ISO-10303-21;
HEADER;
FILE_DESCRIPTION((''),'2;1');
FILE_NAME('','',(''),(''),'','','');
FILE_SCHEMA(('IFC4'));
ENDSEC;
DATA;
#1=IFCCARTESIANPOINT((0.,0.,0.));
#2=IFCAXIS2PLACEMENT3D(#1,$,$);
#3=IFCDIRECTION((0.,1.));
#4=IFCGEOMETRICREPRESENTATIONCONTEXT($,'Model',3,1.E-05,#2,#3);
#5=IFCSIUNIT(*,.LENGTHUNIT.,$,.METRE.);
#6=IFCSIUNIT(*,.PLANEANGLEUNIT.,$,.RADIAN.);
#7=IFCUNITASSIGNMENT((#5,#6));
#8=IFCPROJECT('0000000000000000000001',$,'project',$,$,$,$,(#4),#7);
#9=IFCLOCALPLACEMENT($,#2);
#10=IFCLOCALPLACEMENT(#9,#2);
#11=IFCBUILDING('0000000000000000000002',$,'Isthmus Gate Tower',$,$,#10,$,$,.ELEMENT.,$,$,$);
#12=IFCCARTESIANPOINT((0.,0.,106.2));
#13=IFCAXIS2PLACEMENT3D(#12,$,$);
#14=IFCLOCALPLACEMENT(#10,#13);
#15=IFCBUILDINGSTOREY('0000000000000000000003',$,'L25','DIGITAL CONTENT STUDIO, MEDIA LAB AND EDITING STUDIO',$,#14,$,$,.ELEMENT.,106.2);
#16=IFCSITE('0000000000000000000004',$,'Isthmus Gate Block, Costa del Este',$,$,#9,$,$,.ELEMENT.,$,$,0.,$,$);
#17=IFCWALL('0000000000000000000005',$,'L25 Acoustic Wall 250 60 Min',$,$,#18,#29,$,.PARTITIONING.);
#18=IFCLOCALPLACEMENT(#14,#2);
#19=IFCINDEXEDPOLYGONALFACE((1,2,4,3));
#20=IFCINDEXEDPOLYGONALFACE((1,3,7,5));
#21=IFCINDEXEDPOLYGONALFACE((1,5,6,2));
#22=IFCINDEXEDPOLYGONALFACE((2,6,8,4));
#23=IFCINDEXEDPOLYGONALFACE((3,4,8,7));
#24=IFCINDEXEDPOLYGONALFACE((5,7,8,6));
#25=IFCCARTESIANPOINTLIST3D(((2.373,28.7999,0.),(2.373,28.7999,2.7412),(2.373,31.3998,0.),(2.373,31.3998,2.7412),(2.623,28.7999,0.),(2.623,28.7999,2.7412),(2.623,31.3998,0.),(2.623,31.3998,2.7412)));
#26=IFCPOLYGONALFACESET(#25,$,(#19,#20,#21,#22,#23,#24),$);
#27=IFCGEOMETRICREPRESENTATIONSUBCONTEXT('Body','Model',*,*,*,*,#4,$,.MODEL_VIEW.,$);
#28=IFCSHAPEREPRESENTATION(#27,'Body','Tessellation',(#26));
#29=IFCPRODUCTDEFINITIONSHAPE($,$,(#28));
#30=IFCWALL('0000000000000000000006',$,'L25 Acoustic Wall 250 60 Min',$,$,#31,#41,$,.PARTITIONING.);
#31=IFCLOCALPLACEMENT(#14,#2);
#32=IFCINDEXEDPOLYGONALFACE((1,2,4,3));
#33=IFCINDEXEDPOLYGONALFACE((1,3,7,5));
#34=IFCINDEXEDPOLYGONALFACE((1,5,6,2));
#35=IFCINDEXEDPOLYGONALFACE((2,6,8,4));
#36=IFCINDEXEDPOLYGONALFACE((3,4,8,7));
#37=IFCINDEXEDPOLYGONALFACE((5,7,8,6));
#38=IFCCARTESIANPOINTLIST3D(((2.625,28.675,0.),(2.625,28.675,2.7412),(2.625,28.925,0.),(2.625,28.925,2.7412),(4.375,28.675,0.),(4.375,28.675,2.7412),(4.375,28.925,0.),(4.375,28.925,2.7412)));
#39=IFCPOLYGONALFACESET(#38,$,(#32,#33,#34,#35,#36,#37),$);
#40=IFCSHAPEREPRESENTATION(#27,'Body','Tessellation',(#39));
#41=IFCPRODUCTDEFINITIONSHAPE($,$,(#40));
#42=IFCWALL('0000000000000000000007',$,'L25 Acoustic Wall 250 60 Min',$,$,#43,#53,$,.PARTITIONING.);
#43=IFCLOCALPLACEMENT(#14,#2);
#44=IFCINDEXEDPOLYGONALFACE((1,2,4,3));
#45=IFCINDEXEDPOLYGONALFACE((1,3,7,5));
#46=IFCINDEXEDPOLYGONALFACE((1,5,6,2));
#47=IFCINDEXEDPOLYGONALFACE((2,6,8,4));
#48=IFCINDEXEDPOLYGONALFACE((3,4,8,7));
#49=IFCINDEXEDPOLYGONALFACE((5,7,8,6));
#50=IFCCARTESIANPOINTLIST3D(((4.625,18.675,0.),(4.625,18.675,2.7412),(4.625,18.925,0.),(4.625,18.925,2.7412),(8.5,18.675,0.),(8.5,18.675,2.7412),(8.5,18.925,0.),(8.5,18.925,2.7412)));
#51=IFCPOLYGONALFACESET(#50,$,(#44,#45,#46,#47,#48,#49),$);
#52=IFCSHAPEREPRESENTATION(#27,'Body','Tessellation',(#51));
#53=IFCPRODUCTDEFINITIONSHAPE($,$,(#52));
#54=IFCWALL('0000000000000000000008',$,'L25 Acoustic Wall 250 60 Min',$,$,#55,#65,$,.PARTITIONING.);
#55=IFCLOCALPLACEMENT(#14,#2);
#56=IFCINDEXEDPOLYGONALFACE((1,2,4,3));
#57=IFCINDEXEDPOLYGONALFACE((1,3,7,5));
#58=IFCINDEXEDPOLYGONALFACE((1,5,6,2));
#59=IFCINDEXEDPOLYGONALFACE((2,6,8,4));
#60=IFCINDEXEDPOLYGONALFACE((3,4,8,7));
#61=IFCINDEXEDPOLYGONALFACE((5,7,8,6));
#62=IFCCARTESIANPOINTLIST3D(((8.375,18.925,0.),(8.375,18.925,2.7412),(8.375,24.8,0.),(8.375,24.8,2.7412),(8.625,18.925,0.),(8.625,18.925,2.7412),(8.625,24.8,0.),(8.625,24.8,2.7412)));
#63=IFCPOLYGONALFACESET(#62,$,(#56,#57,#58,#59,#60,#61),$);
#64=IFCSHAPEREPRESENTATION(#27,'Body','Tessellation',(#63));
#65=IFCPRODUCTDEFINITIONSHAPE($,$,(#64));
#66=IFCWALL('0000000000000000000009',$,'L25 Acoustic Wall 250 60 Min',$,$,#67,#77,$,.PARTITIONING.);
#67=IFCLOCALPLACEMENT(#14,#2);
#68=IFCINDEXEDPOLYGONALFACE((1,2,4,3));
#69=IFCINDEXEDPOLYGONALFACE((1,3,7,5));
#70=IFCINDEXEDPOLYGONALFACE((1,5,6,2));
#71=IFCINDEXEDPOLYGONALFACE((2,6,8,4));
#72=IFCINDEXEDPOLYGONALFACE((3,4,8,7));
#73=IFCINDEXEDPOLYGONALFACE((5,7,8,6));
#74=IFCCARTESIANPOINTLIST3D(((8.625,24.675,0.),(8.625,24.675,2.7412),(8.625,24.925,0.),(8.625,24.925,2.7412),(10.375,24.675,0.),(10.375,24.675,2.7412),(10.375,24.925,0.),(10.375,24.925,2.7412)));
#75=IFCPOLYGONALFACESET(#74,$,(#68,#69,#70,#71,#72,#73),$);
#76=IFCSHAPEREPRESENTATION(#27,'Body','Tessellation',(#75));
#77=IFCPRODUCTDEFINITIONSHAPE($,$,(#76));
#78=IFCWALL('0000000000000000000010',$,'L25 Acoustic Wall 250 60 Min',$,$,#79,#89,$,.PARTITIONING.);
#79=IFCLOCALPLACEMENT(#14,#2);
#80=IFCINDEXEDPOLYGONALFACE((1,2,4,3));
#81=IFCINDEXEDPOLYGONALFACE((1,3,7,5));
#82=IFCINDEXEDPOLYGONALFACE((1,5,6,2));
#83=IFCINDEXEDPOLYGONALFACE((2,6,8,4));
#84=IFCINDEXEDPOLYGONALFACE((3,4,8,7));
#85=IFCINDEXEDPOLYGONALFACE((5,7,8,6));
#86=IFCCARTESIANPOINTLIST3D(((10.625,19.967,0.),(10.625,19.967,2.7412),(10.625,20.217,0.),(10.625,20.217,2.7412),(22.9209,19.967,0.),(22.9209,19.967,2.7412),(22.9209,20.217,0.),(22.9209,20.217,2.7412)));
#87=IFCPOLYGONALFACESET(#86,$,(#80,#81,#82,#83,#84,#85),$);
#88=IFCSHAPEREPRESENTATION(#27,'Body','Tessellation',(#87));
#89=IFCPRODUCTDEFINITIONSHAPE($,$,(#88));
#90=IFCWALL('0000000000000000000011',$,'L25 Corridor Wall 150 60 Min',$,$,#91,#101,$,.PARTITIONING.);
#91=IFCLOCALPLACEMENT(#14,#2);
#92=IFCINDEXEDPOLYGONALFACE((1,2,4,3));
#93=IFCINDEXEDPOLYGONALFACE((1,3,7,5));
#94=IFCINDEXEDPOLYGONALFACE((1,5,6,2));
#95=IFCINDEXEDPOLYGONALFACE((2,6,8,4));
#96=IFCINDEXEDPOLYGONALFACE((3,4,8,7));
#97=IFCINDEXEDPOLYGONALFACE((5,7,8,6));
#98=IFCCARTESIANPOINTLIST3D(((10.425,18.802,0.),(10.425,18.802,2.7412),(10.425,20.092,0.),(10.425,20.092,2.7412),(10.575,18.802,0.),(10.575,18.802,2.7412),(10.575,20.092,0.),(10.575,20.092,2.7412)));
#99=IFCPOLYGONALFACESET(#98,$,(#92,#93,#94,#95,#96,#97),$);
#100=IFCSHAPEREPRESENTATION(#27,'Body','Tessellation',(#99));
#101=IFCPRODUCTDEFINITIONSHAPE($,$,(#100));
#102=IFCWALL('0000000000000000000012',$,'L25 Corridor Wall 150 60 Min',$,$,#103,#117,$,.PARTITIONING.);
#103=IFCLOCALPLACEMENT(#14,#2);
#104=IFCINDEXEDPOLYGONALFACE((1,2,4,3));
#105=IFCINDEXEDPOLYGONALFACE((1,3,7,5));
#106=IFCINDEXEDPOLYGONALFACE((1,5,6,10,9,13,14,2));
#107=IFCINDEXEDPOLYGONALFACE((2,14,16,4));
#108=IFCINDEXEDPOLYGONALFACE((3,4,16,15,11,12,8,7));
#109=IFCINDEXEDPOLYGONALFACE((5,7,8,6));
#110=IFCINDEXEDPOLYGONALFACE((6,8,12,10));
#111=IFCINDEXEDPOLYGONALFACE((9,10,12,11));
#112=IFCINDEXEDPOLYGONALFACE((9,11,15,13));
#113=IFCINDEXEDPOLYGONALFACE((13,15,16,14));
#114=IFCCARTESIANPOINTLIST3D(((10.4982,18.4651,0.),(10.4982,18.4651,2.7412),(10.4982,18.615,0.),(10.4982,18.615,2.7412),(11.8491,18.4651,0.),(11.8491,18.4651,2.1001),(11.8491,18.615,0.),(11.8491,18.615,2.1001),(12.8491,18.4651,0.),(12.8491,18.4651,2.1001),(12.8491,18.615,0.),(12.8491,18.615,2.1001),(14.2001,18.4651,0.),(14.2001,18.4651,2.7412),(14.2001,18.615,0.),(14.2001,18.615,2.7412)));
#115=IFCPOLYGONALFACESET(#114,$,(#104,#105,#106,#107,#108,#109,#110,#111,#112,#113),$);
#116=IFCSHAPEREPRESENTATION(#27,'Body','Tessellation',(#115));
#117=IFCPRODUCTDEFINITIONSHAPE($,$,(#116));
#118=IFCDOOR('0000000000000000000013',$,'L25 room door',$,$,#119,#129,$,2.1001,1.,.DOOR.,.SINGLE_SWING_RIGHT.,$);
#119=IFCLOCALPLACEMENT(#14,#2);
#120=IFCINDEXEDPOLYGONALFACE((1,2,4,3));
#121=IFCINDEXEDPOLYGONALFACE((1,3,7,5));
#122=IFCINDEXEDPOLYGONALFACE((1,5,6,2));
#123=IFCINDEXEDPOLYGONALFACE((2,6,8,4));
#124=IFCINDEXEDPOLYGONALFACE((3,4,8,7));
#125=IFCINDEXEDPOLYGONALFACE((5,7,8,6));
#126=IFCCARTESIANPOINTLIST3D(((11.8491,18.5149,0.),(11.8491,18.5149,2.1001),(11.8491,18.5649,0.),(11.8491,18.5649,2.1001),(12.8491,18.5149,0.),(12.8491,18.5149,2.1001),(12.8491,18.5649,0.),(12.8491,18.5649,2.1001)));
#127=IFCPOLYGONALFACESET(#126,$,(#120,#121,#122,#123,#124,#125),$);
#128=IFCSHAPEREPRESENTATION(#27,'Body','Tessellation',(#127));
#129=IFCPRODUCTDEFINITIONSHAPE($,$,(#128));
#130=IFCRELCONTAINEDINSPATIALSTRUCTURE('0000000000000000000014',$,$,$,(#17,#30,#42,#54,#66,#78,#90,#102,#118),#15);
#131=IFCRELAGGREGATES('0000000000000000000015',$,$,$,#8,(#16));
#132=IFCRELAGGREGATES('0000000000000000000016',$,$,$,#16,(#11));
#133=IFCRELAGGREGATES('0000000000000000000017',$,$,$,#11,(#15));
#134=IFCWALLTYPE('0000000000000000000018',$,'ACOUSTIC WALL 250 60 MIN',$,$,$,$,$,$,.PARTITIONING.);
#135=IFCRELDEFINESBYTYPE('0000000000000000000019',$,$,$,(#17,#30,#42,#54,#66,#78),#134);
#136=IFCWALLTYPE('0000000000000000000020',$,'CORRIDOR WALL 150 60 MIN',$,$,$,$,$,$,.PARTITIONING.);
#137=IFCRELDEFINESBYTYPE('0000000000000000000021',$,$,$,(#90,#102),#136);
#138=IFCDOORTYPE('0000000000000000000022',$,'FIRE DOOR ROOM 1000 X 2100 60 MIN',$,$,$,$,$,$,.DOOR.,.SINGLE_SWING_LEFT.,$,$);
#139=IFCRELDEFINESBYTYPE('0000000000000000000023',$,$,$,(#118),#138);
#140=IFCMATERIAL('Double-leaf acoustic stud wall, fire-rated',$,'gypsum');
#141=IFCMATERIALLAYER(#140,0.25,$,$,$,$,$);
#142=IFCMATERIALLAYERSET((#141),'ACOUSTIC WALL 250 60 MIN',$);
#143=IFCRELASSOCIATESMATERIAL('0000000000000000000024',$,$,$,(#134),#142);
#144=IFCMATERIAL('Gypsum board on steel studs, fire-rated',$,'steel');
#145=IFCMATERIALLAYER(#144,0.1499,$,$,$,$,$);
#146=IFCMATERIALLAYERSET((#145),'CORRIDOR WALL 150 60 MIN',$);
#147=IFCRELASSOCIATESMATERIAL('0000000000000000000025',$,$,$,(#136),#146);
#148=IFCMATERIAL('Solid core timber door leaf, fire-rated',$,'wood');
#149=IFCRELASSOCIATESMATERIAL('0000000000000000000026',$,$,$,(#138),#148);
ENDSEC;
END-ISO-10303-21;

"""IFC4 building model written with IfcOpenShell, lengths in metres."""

from ifc_helpers import new_model, si_unit, direction, frame, frame_2d, origin, place, context, subcontext, project, spatial, rectangle, extrude, material, layer, layer_set, type_object, element, fill, save


model = new_model("IFC4")

# Units and contexts
model_context = context("Model", 3, precision=1e-05, world=origin(), true_north=direction((0.0, 1.0)))
body_context = subcontext(model_context, "Body", "Model", "MODEL_VIEW")
ifc_project = project(units=[si_unit("LENGTHUNIT", "METRE"), si_unit("PLANEANGLEUNIT", "RADIAN")], contexts=[model_context])

# Site, building, storey
site_placement = place(None, origin())
site = spatial("IfcSite", under=ifc_project, at=site_placement, Name="Isthmus Gate Block, Costa del Este", CompositionType="ELEMENT", RefElevation=0.0)
building_placement = place(site_placement, origin())
building = spatial("IfcBuilding", under=site, at=building_placement, Name="Isthmus Gate Tower", CompositionType="ELEMENT")
storey_placement = place(building_placement, frame((0.0, 0.0, 106.2)))
storey = spatial("IfcBuildingStorey", under=building, at=storey_placement, Name="L25", Description="DIGITAL CONTENT STUDIO, MEDIA LAB AND EDITING STUDIO", CompositionType="ELEMENT", Elevation=106.2)

# Shared definitions
ifc_material_1 = material(Name="Double-leaf acoustic stud wall, fire-rated", Category="gypsum")
ifc_layer_1 = layer(ifc_material_1, 0.25)
ifc_layer_set_1 = layer_set([ifc_layer_1], Name="ACOUSTIC WALL 250 60 MIN")
wall_type_1 = type_object("IfcWallType", Name="ACOUSTIC WALL 250 60 MIN", PredefinedType="PARTITIONING", material=ifc_layer_set_1)

# Walls
wall_1_placement = place(storey_placement, frame((2.498, 28.8, 0.0), z_axis=(0.0, 0.0, 1.0), x_axis=(0.0, 1.0, 0.0)))
element("IfcWall", 1, at=wall_1_placement, inside=storey, type_object=wall_type_1, Name="L25 Acoustic Wall 250 60 Min", PredefinedType="PARTITIONING", context=body_context, shape_type="SweptSolid", body=[
    extrude(rectangle(XDim=2.5999, YDim=0.25, at=frame_2d((1.2998, 0.0))), origin(), (0.0, 0.0, 1.0), 2.7412),
])
wall_2_placement = place(storey_placement, frame((2.625, 28.8, 0.0), z_axis=(0.0, 0.0, 1.0), x_axis=(1.0, 0.0, 0.0)))
element("IfcWall", 2, at=wall_2_placement, inside=storey, type_object=wall_type_1, Name="L25 Acoustic Wall 250 60 Min", PredefinedType="PARTITIONING", context=body_context, shape_type="SweptSolid", body=[
    extrude(rectangle(XDim=1.75, YDim=0.25, at=frame_2d((0.875, 0.0))), origin(), (0.0, 0.0, 1.0), 2.7412),
])
wall_3_placement = place(storey_placement, frame((4.625, 18.8, 0.0), z_axis=(0.0, 0.0, 1.0), x_axis=(1.0, 0.0, 0.0)))
element("IfcWall", 3, at=wall_3_placement, inside=storey, type_object=wall_type_1, Name="L25 Acoustic Wall 250 60 Min", PredefinedType="PARTITIONING", context=body_context, shape_type="SweptSolid", body=[
    extrude(rectangle(XDim=3.875, YDim=0.25, at=frame_2d((1.9375, 0.0))), origin(), (0.0, 0.0, 1.0), 2.7412),
])
wall_4_placement = place(storey_placement, frame((8.5, 18.925, 0.0), z_axis=(0.0, 0.0, 1.0), x_axis=(0.0, 1.0, 0.0)))
element("IfcWall", 4, at=wall_4_placement, inside=storey, type_object=wall_type_1, Name="L25 Acoustic Wall 250 60 Min", PredefinedType="PARTITIONING", context=body_context, shape_type="SweptSolid", body=[
    extrude(rectangle(XDim=5.875, YDim=0.25, at=frame_2d((2.9375, 0.0))), origin(), (0.0, 0.0, 1.0), 2.7412),
])
wall_5_placement = place(storey_placement, frame((8.625, 24.8, 0.0), z_axis=(0.0, 0.0, 1.0), x_axis=(1.0, 0.0, 0.0)))
element("IfcWall", 5, at=wall_5_placement, inside=storey, type_object=wall_type_1, Name="L25 Acoustic Wall 250 60 Min", PredefinedType="PARTITIONING", context=body_context, shape_type="SweptSolid", body=[
    extrude(rectangle(XDim=1.75, YDim=0.25, at=frame_2d((0.875, 0.0))), origin(), (0.0, 0.0, 1.0), 2.7412),
])
wall_6_placement = place(storey_placement, frame((10.625, 20.092, 0.0), z_axis=(0.0, 0.0, 1.0), x_axis=(1.0, 0.0, 0.0)))
element("IfcWall", 6, at=wall_6_placement, inside=storey, type_object=wall_type_1, Name="L25 Acoustic Wall 250 60 Min", PredefinedType="PARTITIONING", context=body_context, shape_type="SweptSolid", body=[
    extrude(rectangle(XDim=12.2959, YDim=0.25, at=frame_2d((6.1479, 0.0))), origin(), (0.0, 0.0, 1.0), 2.7412),
])
ifc_material_2 = material(Name="Gypsum board on steel studs, fire-rated", Category="steel")
ifc_layer_2 = layer(ifc_material_2, 0.1499)
ifc_layer_set_2 = layer_set([ifc_layer_2], Name="CORRIDOR WALL 150 60 MIN")
wall_type_2 = type_object("IfcWallType", Name="CORRIDOR WALL 150 60 MIN", PredefinedType="PARTITIONING", material=ifc_layer_set_2)
wall_7_placement = place(storey_placement, frame((10.5, 20.092, 0.0), z_axis=(0.0, 0.0, 1.0), x_axis=(0.0, -1.0, 0.0)))
element("IfcWall", 7, at=wall_7_placement, inside=storey, type_object=wall_type_2, Name="L25 Corridor Wall 150 60 Min", PredefinedType="PARTITIONING", context=body_context, shape_type="SweptSolid", body=[
    extrude(rectangle(XDim=1.29, YDim=0.1499, at=frame_2d((0.645, 0.0))), origin(), (0.0, 0.0, 1.0), 2.7412),
])

# Wall, opening, door
wall_8_placement = place(storey_placement, frame((10.498, 18.54, 0.0), z_axis=(0.0, 0.0, 1.0), x_axis=(1.0, 0.0, 0.0)))
wall_8 = element("IfcWall", 8, at=wall_8_placement, inside=storey, type_object=wall_type_2, Name="L25 Corridor Wall 150 60 Min", PredefinedType="PARTITIONING", context=body_context, shape_type="SweptSolid", body=[
    extrude(rectangle(XDim=3.7019, YDim=0.1499, at=frame_2d((1.8511, 0.0))), origin(), (0.0, 0.0, 1.0), 2.7412),
])
opening_1_placement = place(wall_8_placement, frame((1.3511, 0.0, 0.0)))
opening_1 = element("IfcOpeningElement", 9, at=opening_1_placement, cuts=wall_8, PredefinedType="OPENING", context=body_context, shape_type="SweptSolid", body=[
    extrude(rectangle(XDim=1.0, YDim=2.1001, at=frame_2d((0.5, 1.05))), frame((0.0, 0.085, 0.0), z_axis=(0.0, -1.0, 0.0), x_axis=(1.0, 0.0, 0.0)), (0.0, 0.0, 1.0), 0.1699),
])
ifc_material_3 = material(Name="Solid core timber door leaf, fire-rated", Category="wood")
door_type_1 = type_object("IfcDoorType", Name="FIRE DOOR ROOM 1000 X 2100 60 MIN", OperationType="SINGLE_SWING_LEFT", PredefinedType="DOOR", material=ifc_material_3)
door_1_placement = place(opening_1_placement, origin())
door_1 = element("IfcDoor", 10, at=door_1_placement, inside=storey, type_object=door_type_1, Name="L25 room door", OperationType="SINGLE_SWING_RIGHT", OverallHeight=2.1001, OverallWidth=1.0, PredefinedType="DOOR", context=body_context, shape_type="SweptSolid", body=[
    extrude(rectangle(XDim=1.0, YDim=2.1001, at=frame_2d((0.5, 1.05))), frame((0.0, 0.0249, 0.0), z_axis=(0.0, -1.0, 0.0), x_axis=(1.0, 0.0, 0.0)), (0.0, 0.0, 1.0), 0.05),
])
fill(opening_1, door_1)

save(model, "model.ifc")
